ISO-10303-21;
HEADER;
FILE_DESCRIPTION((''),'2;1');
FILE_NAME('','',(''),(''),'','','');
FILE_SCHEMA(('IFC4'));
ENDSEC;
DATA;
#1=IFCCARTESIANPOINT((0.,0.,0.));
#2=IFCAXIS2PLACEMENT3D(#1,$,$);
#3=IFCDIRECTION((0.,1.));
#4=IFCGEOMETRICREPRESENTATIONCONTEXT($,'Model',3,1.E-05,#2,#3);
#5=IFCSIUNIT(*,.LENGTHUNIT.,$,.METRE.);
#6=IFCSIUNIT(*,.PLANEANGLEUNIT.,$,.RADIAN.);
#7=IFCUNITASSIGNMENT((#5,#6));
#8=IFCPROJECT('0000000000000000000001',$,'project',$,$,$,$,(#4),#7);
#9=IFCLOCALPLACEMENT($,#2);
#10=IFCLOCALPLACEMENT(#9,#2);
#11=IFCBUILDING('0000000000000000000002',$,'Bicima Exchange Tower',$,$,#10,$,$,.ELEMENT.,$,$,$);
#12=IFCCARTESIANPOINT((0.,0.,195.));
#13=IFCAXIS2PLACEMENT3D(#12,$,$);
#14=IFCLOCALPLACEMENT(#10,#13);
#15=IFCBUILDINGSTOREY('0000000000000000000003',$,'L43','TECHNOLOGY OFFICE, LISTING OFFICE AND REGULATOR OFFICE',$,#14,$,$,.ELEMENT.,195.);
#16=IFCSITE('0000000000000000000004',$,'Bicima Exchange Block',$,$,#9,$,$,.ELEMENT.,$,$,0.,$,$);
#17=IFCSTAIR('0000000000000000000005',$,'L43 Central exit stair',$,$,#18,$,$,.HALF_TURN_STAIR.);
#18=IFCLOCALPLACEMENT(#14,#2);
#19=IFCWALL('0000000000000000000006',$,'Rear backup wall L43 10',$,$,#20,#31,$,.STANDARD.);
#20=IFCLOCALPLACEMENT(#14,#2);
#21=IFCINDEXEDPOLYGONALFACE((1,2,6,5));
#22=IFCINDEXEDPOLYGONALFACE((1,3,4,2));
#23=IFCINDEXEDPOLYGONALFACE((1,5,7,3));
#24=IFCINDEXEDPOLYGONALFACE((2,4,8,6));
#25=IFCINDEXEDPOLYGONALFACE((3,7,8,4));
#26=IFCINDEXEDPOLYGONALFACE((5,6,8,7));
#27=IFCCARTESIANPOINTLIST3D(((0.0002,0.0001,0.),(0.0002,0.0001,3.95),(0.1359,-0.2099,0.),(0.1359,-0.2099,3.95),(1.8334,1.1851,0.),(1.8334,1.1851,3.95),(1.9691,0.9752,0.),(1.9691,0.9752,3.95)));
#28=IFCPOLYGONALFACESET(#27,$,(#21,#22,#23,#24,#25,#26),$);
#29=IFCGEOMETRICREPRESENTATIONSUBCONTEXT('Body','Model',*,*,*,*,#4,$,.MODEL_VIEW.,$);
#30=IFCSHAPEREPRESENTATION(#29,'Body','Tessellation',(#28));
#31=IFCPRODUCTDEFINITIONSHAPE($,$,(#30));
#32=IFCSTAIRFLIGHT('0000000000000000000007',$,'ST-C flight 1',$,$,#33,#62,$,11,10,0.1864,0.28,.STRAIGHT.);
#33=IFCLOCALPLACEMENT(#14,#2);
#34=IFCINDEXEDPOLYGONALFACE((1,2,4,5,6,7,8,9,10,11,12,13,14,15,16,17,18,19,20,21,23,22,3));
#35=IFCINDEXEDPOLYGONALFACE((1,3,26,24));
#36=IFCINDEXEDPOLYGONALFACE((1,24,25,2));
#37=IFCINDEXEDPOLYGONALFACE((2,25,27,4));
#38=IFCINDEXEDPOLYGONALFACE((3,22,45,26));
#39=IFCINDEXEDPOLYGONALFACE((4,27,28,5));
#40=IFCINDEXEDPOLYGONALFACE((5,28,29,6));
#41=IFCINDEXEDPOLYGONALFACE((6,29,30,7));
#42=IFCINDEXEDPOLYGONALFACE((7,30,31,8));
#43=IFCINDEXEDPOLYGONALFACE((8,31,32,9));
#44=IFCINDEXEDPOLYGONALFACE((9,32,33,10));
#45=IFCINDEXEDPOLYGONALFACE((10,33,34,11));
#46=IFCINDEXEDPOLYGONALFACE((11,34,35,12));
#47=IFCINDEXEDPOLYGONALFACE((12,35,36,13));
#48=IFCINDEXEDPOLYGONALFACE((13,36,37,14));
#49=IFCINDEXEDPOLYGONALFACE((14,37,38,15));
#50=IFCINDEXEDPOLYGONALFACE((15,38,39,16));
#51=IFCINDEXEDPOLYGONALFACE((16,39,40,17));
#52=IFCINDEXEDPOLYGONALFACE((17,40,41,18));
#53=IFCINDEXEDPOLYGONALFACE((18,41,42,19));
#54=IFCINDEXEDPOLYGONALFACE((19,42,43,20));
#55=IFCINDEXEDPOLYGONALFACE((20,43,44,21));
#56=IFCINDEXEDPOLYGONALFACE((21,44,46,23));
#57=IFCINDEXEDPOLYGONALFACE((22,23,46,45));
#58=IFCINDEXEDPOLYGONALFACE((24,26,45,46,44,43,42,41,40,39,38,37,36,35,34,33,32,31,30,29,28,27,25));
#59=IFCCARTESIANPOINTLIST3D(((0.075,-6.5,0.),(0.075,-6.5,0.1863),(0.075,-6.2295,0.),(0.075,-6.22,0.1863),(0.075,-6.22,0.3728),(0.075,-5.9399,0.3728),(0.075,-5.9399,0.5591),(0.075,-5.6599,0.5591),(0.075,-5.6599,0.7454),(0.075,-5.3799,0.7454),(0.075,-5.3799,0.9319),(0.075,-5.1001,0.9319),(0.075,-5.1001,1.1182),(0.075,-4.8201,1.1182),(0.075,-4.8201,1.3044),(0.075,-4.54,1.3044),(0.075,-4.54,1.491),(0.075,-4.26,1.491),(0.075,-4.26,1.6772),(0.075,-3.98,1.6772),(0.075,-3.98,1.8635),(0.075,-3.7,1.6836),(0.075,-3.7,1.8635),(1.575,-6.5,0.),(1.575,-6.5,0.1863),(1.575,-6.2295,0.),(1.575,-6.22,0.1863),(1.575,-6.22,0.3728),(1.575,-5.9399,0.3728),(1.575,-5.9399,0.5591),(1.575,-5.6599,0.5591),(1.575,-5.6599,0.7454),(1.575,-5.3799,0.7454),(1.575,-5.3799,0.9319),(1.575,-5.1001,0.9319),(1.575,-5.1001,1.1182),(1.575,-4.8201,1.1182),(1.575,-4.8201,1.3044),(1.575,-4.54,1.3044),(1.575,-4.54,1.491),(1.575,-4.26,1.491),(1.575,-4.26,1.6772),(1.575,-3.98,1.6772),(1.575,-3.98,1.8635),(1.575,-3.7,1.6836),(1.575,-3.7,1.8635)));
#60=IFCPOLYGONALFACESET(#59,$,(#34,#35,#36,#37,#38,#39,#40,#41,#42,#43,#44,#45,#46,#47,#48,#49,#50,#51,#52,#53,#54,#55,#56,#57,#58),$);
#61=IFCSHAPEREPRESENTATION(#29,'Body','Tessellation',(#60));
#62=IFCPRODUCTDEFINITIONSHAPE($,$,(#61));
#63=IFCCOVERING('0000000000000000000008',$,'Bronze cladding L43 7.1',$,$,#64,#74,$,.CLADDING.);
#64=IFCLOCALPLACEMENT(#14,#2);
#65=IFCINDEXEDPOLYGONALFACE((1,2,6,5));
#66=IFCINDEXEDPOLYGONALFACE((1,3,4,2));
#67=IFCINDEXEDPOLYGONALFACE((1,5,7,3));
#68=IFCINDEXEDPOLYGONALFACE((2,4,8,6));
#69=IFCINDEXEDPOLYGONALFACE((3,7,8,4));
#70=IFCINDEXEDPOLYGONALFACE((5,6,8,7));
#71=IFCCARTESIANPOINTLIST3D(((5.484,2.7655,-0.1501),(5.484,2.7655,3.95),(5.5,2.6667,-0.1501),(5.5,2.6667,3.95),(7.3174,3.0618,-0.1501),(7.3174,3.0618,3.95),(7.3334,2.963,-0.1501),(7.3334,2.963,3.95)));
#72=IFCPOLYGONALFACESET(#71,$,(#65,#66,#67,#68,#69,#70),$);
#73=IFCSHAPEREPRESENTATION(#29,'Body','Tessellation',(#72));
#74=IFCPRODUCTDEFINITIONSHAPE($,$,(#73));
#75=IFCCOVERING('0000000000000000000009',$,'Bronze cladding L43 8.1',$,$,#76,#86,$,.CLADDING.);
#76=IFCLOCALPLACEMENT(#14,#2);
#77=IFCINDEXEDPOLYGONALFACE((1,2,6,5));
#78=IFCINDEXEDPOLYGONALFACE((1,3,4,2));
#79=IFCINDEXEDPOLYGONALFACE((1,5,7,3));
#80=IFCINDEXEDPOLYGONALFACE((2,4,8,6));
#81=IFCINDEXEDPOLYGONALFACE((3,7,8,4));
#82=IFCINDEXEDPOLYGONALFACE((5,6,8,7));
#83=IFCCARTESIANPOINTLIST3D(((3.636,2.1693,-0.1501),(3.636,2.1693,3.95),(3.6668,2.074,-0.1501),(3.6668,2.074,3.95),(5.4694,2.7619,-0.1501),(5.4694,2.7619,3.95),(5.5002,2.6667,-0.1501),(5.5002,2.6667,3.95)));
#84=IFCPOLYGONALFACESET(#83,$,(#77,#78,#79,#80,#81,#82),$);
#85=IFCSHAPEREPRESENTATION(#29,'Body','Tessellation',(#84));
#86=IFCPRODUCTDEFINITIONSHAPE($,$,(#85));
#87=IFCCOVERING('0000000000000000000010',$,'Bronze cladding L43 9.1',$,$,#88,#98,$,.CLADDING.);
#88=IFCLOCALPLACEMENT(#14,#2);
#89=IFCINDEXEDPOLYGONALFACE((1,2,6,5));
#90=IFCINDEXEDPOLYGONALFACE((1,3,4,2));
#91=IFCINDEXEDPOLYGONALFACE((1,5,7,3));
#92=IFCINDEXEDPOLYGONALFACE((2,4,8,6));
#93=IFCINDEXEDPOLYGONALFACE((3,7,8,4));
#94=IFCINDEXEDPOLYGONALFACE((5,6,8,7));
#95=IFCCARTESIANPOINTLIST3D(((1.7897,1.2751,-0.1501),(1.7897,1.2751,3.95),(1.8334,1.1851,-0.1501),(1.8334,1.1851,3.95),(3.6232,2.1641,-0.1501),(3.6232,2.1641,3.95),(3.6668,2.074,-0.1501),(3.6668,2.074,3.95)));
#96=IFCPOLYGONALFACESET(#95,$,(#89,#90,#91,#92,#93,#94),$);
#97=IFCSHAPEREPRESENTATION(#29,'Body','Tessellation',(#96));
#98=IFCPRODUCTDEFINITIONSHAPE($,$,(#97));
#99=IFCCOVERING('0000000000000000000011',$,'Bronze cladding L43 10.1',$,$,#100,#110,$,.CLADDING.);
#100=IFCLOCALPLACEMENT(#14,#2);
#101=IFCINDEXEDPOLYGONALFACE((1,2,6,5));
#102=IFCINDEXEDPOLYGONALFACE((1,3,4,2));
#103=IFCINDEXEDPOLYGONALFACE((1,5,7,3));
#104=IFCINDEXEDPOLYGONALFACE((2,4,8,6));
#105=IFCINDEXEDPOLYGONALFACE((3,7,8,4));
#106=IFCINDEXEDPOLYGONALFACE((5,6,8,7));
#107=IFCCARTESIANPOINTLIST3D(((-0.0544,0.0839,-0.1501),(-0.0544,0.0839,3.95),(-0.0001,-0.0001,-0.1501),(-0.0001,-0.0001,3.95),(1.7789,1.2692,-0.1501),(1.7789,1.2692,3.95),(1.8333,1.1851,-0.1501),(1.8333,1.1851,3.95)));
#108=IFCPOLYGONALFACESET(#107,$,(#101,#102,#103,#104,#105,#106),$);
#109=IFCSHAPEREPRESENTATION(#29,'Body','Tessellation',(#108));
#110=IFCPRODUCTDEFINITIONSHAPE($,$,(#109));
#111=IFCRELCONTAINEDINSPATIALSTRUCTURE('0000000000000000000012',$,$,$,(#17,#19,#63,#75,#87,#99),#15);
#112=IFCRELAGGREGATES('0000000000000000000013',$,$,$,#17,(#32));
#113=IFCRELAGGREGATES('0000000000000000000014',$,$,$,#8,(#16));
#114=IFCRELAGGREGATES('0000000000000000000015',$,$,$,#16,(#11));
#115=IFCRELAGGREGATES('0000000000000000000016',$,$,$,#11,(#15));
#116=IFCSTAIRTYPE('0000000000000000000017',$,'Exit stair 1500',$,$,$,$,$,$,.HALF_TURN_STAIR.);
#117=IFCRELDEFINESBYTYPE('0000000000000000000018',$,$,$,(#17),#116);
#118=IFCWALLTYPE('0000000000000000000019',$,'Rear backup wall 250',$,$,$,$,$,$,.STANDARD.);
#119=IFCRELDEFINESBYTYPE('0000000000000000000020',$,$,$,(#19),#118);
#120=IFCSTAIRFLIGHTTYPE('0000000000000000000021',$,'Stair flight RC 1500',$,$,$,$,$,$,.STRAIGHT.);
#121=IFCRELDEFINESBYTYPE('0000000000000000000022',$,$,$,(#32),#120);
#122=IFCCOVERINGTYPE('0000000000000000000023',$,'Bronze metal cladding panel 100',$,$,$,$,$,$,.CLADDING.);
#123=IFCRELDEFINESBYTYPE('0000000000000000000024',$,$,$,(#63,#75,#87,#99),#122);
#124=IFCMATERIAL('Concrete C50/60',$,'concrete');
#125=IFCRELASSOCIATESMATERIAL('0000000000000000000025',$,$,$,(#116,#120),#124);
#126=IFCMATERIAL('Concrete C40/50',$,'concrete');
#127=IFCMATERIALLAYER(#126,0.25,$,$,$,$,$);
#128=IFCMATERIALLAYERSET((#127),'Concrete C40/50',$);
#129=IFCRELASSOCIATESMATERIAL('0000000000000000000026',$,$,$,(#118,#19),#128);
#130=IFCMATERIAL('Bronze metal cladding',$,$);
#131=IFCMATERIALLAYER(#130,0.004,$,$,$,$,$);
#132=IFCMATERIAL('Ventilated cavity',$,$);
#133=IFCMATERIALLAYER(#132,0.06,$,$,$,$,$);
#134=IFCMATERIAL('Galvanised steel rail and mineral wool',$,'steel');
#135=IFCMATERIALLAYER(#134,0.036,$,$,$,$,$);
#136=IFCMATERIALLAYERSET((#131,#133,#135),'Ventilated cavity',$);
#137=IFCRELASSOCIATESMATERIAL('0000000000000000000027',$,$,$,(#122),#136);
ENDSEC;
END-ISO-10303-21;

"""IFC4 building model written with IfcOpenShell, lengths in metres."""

from ifc_helpers import new_model, si_unit, direction, frame, frame_2d, origin, origin_2d, place, context, subcontext, project, spatial, polyline, rectangle, outline, extrude, material, layer, layer_set, layer_usage, type_object, element, aggregate, save


model = new_model("IFC4")

# Units and contexts
model_context = context("Model", 3, precision=1e-05, world=origin(), true_north=direction((0.0, 1.0)))
body_context = subcontext(model_context, "Body", "Model", "MODEL_VIEW")
ifc_project = project(units=[si_unit("LENGTHUNIT", "METRE"), si_unit("PLANEANGLEUNIT", "RADIAN")], contexts=[model_context])

# Site, building, storey
site_placement = place(None, origin())
site = spatial("IfcSite", under=ifc_project, at=site_placement, Name="Bicima Exchange Block", CompositionType="ELEMENT", RefElevation=0.0)
building_placement = place(site_placement, origin())
building = spatial("IfcBuilding", under=site, at=building_placement, Name="Bicima Exchange Tower", CompositionType="ELEMENT")
storey_placement = place(building_placement, frame((0.0, 0.0, 195.0)))
storey = spatial("IfcBuildingStorey", under=building, at=storey_placement, Name="L43", Description="TECHNOLOGY OFFICE, LISTING OFFICE AND REGULATOR OFFICE", CompositionType="ELEMENT", Elevation=195.0)

# Stair
ifc_material_1 = material(Name="Concrete C50/60", Category="concrete")
stair_type_1 = type_object("IfcStairType", Name="Exit stair 1500", PredefinedType="HALF_TURN_STAIR", material=ifc_material_1)
stair_1_placement = place(storey_placement, origin())
stair_1 = element("IfcStair", 1, at=stair_1_placement, inside=storey, type_object=stair_type_1, Name="L43 Central exit stair", PredefinedType="HALF_TURN_STAIR")

# Wall
ifc_material_2 = material(Name="Concrete C40/50", Category="concrete")
ifc_layer_1 = layer(ifc_material_2, 0.25)
ifc_layer_set_1 = layer_set([ifc_layer_1], Name="Concrete C40/50")
ifc_layer_usage = layer_usage(ifc_layer_set_1, "AXIS2", "POSITIVE", -0.125)
wall_type_1 = type_object("IfcWallType", Name="Rear backup wall 250", PredefinedType="STANDARD", material=ifc_layer_set_1)
wall_1_placement = place(storey_placement, frame((1.9011, 1.0801, 0.0), z_axis=(0.0, 0.0, 1.0), x_axis=(-0.839813, -0.542876, 0.0)))
element("IfcWall", 2, at=wall_1_placement, inside=storey, type_object=wall_type_1, material=ifc_layer_usage, Name="Rear backup wall L43 10", PredefinedType="STANDARD", context=body_context, shape_type="SweptSolid", body=[
    extrude(rectangle(XDim=2.1829, YDim=0.25, at=frame_2d((1.0913, 0.0))), origin(), (0.0, 0.0, 1.0), 3.95),
])

# Stair flight
stair_flight_type = type_object("IfcStairFlightType", Name="Stair flight RC 1500", PredefinedType="STRAIGHT", material=ifc_material_1)
stair_flight_placement = place(storey_placement, frame((0.825, -6.5, 0.0), z_axis=(0.0, 0.0, 1.0), x_axis=(0.0, 1.0, 0.0)))
stair_flight = element("IfcStairFlight", 3, at=stair_flight_placement, type_object=stair_flight_type, Name="ST-C flight 1", NumberOfRisers=11, NumberOfTreads=10, PredefinedType="STRAIGHT", RiserHeight=0.1864, TreadLength=0.28, context=body_context, shape_type="SweptSolid", body=[
    extrude(outline(polyline([(0.0, 0.0), (0.0, 0.1863), (0.28, 0.1863), (0.28, 0.3728), (0.5601, 0.3728), (0.5601, 0.5591), (0.8401, 0.5591), (0.8401, 0.7454), (1.1201, 0.7454), (1.1201, 0.9319), (1.3999, 0.9319), (1.3999, 1.1182), (1.6799, 1.1182), (1.6799, 1.3044), (1.96, 1.3044), (1.96, 1.491), (2.24, 1.491), (2.24, 1.6772), (2.52, 1.6772), (2.52, 1.8635), (2.8, 1.8635), (2.8, 2.05), (2.8, 1.6836), (0.2705, 0.0), (0.0, 0.0)])), frame((0.0, 0.75, 0.0), z_axis=(0.0, -1.0, 0.0), x_axis=(1.0, 0.0, 0.0)), (0.0, 0.0, 1.0), 1.5),
])
aggregate(stair_1, [stair_flight])

# Coverings
ifc_material_3 = material(Name="Bronze metal cladding")
ifc_layer_2 = layer(ifc_material_3, 0.004)
ifc_material_4 = material(Name="Ventilated cavity")
ifc_layer_3 = layer(ifc_material_4, 0.06)
ifc_material_5 = material(Name="Galvanised steel rail and mineral wool", Category="steel")
ifc_layer_4 = layer(ifc_material_5, 0.036)
ifc_layer_set_2 = layer_set([ifc_layer_2, ifc_layer_3, ifc_layer_4], Name="Ventilated cavity")
covering_type = type_object("IfcCoveringType", Name="Bronze metal cladding panel 100", PredefinedType="CLADDING", material=ifc_layer_set_2)
covering_1_placement = place(storey_placement, frame((6.4087, 2.8643, -0.1501), z_axis=(0.0, 0.0, 1.0), x_axis=(-0.98719, -0.15955, 0.0)))
element("IfcCovering", 4, at=covering_1_placement, inside=storey, type_object=covering_type, Name="Bronze cladding L43 7.1", PredefinedType="CLADDING", context=body_context, shape_type="SweptSolid", body=[
    extrude(rectangle(XDim=1.8572, YDim=0.1001, at=origin_2d()), origin(), (0.0, 0.0, 1.0), 4.1001),
])
covering_2_placement = place(storey_placement, frame((4.5681, 2.418, -0.1501), z_axis=(0.0, 0.0, 1.0), x_axis=(-0.951525, -0.307573, 0.0)))
element("IfcCovering", 5, at=covering_2_placement, inside=storey, type_object=covering_type, Name="Bronze cladding L43 8.1", PredefinedType="CLADDING", context=body_context, shape_type="SweptSolid", body=[
    extrude(rectangle(XDim=1.9268, YDim=0.1001, at=origin_2d()), origin(), (0.0, 0.0, 1.0), 4.1001),
])
covering_3_placement = place(storey_placement, frame((2.7283, 1.6746, -0.1501), z_axis=(0.0, 0.0, 1.0), x_axis=(-0.899818, -0.436265, 0.0)))
element("IfcCovering", 6, at=covering_3_placement, inside=storey, type_object=covering_type, Name="Bronze cladding L43 9.1", PredefinedType="CLADDING", context=body_context, shape_type="SweptSolid", body=[
    extrude(rectangle(XDim=2.0376, YDim=0.1001, at=origin_2d()), origin(), (0.0, 0.0, 1.0), 4.1001),
])
covering_4_placement = place(storey_placement, frame((0.8894, 0.6345, -0.1501), z_axis=(0.0, 0.0, 1.0), x_axis=(-0.83979, -0.542911, 0.0)))
element("IfcCovering", 7, at=covering_4_placement, inside=storey, type_object=covering_type, Name="Bronze cladding L43 10.1", PredefinedType="CLADDING", context=body_context, shape_type="SweptSolid", body=[
    extrude(rectangle(XDim=2.1831, YDim=0.1001, at=origin_2d()), origin(), (0.0, 0.0, 1.0), 4.1001),
])

save(model, "model.ifc")
